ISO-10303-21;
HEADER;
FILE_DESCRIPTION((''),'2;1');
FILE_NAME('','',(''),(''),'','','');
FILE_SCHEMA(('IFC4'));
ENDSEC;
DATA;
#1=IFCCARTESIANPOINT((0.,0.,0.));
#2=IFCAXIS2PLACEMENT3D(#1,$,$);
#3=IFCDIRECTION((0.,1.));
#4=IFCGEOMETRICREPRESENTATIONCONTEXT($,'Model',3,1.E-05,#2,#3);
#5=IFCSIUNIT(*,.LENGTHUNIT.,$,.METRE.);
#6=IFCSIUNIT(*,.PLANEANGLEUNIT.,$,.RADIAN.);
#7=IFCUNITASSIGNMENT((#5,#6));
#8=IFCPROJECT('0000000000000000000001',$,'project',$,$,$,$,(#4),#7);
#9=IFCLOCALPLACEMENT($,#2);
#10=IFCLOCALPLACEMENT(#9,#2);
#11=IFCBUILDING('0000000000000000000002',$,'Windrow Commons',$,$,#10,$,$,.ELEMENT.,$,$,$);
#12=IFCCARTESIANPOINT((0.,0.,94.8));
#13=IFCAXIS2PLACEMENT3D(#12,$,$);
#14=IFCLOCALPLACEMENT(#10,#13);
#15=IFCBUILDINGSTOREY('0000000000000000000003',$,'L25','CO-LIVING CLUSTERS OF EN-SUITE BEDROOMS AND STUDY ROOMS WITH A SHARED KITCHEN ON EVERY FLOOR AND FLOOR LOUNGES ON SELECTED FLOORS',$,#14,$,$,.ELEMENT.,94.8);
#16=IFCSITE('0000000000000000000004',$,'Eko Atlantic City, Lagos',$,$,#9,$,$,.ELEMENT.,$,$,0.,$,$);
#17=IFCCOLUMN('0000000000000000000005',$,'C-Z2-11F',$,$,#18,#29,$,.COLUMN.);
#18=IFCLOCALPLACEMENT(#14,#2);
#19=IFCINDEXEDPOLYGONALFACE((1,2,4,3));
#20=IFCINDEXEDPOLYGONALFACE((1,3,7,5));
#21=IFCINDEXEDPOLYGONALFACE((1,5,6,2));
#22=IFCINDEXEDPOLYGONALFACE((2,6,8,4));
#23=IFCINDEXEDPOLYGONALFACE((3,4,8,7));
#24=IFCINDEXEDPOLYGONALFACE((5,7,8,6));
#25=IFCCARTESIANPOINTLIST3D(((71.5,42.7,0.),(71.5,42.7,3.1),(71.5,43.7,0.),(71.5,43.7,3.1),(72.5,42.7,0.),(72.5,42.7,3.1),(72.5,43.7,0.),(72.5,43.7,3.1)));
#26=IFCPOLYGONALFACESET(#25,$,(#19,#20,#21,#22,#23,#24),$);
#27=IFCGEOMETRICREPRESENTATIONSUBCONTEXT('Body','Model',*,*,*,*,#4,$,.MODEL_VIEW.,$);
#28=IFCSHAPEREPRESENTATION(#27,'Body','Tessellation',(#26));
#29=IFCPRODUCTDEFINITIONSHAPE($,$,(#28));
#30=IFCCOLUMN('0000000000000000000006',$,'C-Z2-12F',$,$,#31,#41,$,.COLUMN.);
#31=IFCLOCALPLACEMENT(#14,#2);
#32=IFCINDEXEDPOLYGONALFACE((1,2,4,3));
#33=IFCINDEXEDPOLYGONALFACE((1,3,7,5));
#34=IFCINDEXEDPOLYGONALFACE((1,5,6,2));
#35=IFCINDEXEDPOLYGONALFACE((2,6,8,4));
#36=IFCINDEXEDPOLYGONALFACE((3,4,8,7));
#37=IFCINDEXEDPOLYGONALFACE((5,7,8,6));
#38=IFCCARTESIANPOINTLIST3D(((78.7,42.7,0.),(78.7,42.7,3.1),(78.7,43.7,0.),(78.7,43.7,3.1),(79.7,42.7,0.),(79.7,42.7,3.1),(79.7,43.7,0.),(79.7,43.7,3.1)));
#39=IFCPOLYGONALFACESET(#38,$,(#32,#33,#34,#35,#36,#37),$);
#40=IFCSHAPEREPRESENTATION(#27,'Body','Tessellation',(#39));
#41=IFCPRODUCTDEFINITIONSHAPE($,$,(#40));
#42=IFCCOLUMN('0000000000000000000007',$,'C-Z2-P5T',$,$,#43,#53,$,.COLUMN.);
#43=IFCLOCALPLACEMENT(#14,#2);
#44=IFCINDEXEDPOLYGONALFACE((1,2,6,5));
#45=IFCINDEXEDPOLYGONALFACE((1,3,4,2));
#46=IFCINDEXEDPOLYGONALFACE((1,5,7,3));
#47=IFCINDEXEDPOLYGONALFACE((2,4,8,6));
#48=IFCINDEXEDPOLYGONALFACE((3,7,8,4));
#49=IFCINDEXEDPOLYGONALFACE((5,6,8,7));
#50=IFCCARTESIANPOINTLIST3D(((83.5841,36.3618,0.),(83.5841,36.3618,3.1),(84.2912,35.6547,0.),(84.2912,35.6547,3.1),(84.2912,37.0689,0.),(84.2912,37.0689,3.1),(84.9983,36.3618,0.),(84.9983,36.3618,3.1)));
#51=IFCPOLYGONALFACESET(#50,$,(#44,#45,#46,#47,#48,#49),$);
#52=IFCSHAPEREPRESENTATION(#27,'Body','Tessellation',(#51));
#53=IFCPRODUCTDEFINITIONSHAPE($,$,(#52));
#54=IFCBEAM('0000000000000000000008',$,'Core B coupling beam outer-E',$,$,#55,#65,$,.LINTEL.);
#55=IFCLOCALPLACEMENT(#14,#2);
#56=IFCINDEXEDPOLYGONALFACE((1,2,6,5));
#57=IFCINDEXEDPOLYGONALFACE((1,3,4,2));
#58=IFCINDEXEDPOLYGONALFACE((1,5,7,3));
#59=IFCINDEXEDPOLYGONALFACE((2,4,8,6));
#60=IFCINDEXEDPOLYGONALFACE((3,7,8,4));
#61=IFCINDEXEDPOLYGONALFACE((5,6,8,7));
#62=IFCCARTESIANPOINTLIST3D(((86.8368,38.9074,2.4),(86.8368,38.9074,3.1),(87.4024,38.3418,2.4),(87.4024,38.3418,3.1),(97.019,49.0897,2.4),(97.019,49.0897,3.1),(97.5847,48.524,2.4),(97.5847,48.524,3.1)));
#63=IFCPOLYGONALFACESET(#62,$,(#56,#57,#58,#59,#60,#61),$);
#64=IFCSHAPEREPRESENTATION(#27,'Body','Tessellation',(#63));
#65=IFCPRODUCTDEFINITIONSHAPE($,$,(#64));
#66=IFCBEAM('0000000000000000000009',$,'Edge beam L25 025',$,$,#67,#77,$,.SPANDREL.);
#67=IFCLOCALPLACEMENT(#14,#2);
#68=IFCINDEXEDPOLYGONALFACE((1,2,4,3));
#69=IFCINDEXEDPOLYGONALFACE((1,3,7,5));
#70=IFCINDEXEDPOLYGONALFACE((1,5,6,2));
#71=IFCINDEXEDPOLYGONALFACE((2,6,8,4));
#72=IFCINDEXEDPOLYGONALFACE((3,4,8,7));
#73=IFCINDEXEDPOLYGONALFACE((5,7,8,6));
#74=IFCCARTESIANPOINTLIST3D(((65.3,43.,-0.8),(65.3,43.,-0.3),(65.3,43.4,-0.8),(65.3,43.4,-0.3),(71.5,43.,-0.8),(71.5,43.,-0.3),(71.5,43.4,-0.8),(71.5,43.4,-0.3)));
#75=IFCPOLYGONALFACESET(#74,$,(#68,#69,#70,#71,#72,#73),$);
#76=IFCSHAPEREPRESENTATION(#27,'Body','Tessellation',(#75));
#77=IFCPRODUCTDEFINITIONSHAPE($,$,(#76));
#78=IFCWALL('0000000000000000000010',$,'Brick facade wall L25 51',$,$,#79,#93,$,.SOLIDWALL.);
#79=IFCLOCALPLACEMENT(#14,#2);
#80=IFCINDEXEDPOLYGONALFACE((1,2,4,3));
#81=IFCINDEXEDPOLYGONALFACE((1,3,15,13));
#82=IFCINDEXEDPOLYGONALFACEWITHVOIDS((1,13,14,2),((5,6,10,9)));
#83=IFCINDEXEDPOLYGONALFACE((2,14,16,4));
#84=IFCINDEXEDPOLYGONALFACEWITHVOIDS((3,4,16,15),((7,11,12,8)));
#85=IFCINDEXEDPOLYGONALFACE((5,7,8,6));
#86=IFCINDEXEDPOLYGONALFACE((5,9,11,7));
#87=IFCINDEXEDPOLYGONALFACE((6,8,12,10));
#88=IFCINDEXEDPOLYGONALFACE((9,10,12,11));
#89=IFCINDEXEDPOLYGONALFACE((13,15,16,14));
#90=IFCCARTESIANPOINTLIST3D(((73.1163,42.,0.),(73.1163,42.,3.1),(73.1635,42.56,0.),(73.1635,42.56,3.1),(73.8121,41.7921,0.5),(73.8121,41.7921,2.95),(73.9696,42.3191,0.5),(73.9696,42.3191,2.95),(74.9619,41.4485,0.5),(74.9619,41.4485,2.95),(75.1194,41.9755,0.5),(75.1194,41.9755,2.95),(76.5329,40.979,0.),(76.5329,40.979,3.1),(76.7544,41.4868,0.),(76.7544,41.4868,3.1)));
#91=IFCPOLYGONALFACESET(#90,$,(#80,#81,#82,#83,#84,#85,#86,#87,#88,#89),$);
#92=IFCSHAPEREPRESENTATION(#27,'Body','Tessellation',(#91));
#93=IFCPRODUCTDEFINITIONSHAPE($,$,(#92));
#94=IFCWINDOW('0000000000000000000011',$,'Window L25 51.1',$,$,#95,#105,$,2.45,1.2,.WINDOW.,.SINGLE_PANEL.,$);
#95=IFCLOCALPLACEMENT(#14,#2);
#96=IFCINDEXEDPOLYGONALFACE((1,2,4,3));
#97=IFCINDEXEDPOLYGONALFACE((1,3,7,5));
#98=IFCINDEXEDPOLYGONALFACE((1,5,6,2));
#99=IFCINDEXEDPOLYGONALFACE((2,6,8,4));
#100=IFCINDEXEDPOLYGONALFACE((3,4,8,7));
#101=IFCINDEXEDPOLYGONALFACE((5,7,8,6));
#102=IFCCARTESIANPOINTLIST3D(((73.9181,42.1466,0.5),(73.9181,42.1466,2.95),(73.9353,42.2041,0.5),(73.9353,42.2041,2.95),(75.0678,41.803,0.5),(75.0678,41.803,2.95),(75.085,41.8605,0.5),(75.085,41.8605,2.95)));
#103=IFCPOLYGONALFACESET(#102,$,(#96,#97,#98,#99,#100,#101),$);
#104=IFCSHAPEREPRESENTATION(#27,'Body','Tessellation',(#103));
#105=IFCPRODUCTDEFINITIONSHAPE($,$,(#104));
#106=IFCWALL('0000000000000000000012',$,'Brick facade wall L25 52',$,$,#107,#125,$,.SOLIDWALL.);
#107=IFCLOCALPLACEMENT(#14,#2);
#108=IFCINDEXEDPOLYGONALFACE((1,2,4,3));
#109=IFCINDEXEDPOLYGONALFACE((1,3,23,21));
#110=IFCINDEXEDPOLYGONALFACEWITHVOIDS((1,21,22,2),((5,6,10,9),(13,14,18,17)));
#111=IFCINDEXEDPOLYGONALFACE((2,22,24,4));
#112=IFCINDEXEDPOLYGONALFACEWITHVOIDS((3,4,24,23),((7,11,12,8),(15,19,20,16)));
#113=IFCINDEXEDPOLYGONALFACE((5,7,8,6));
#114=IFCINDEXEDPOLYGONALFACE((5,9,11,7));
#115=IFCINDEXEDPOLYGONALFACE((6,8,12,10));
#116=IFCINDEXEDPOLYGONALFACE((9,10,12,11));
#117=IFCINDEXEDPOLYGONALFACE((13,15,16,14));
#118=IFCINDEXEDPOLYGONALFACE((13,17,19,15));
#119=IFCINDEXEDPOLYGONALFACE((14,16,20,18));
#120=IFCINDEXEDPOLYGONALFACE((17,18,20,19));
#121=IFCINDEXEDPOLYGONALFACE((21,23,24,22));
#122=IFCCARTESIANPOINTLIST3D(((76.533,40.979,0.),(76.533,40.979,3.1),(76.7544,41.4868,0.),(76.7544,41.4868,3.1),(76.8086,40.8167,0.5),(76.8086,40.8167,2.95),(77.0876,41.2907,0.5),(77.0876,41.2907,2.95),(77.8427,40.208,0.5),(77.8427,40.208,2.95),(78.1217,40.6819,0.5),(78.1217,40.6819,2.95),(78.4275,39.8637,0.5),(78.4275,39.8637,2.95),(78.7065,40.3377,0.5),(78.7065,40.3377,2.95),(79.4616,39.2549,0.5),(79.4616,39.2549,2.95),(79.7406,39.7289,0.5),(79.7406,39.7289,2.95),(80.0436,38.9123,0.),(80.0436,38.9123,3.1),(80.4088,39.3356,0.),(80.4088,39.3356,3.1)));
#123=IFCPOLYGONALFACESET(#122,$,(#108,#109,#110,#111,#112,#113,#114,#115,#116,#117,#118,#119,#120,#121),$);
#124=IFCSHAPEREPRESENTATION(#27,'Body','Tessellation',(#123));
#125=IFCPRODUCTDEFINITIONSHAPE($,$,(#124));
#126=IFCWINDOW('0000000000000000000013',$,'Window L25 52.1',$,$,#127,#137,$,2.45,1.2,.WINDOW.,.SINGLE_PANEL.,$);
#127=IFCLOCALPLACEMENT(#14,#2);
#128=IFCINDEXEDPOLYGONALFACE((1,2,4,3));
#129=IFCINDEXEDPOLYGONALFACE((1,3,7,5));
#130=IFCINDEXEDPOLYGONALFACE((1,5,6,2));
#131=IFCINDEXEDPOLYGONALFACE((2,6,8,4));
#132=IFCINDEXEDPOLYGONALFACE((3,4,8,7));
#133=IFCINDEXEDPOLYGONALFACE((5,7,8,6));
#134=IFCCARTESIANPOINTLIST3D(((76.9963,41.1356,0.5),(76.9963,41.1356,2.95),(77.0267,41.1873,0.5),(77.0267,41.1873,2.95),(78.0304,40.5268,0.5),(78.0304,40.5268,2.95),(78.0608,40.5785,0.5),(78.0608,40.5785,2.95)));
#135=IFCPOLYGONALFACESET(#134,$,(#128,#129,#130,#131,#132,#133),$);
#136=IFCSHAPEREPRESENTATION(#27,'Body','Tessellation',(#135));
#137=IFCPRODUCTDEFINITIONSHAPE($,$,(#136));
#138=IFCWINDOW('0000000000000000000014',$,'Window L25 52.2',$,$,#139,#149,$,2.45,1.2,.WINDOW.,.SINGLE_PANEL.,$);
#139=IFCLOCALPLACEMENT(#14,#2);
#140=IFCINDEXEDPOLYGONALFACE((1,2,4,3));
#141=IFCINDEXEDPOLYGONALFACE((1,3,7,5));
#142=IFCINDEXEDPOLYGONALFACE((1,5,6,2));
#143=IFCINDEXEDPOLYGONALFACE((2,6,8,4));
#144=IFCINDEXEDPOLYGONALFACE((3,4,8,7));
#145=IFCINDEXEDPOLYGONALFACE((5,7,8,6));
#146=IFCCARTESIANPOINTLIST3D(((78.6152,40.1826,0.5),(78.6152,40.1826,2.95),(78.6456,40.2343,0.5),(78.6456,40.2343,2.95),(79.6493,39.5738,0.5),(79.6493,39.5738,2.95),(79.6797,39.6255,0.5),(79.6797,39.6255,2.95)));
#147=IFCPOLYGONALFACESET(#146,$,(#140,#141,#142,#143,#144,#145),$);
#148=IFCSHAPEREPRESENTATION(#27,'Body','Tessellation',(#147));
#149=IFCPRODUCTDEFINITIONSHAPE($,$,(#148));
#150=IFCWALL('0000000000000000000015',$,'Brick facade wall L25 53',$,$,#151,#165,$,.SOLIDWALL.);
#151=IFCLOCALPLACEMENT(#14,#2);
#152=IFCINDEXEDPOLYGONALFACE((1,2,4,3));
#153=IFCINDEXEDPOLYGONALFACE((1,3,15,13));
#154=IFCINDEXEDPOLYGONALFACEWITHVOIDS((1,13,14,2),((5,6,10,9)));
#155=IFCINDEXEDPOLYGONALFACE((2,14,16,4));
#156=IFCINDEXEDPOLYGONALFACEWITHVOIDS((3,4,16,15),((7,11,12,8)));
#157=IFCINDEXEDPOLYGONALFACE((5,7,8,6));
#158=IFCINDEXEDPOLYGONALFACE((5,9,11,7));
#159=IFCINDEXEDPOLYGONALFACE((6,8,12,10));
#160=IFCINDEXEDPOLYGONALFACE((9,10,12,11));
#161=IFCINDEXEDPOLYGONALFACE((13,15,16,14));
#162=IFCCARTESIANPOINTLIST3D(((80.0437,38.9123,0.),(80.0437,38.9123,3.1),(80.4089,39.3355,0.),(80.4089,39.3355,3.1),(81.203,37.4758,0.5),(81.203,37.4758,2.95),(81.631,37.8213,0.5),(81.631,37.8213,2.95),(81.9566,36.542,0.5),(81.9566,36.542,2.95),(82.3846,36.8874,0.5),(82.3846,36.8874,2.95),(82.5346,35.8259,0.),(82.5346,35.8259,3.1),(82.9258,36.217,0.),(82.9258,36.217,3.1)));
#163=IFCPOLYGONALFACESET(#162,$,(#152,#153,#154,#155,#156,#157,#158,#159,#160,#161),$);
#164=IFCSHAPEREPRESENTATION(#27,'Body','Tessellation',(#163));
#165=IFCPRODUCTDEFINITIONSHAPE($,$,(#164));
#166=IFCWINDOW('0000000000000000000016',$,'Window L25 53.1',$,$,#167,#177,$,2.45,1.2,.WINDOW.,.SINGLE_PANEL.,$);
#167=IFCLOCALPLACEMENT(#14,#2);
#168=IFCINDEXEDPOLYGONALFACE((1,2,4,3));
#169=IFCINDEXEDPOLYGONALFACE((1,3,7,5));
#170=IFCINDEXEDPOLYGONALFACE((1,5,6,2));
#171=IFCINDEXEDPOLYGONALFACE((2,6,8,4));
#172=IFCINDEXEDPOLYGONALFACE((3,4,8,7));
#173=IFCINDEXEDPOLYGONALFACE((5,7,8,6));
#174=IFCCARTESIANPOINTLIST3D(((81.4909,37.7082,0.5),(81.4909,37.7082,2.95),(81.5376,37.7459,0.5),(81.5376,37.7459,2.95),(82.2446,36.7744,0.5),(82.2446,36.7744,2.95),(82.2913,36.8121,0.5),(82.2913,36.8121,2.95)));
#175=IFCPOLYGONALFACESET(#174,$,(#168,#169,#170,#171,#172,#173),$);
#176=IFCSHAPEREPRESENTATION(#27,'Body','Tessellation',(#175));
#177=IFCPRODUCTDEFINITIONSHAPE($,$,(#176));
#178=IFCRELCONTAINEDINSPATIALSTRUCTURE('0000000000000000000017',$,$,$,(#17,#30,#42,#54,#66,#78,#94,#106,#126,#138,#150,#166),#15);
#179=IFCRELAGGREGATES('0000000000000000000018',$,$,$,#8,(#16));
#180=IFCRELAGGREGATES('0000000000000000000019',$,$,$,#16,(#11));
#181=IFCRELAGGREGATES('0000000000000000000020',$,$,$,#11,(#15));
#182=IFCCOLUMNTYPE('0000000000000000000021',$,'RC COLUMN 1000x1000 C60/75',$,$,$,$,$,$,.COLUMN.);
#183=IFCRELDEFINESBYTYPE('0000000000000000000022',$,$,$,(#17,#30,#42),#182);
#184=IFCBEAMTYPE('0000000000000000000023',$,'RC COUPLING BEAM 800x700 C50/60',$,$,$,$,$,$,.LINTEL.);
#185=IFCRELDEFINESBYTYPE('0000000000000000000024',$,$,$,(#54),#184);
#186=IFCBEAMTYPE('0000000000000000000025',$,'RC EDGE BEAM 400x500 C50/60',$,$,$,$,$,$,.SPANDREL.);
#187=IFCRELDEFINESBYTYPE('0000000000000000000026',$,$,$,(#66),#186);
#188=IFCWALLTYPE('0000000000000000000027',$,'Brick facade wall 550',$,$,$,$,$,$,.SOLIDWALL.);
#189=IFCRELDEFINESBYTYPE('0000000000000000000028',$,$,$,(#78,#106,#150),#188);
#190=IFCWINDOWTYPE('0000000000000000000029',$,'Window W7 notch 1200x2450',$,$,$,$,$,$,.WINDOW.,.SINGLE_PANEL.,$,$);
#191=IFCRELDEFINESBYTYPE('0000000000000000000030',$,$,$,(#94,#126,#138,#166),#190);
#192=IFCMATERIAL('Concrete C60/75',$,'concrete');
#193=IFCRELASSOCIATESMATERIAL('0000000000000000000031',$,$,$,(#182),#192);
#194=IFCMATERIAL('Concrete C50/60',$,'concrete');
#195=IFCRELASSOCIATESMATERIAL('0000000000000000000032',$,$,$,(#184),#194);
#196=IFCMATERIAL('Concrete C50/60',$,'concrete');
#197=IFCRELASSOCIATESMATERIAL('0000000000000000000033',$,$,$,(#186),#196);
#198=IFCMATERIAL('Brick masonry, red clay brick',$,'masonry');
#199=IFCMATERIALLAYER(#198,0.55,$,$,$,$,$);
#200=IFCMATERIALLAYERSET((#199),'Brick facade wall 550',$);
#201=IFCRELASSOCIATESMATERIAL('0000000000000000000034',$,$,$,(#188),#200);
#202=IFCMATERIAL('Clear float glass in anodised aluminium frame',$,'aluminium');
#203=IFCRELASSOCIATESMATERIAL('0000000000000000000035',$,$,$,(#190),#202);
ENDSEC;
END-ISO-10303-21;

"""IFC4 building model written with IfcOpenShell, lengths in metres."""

from ifc_helpers import new_model, si_unit, direction, frame, frame_2d, origin, origin_2d, place, context, subcontext, project, spatial, polyline, rectangle, outline, extrude, material, layer, layer_set, material_profile, profile_set, type_object, element, fill, save


model = new_model("IFC4")

# Units and contexts
model_context = context("Model", 3, precision=1e-05, world=origin(), true_north=direction((0.0, 1.0)))
body_context = subcontext(model_context, "Body", "Model", "MODEL_VIEW")
ifc_project = project(units=[si_unit("LENGTHUNIT", "METRE"), si_unit("PLANEANGLEUNIT", "RADIAN")], contexts=[model_context])

# Site, building, storey
site_placement = place(None, origin())
site = spatial("IfcSite", under=ifc_project, at=site_placement, Name="Eko Atlantic City, Lagos", CompositionType="ELEMENT", RefElevation=0.0)
building_placement = place(site_placement, origin())
building = spatial("IfcBuilding", under=site, at=building_placement, Name="Windrow Commons", CompositionType="ELEMENT")
storey_placement = place(building_placement, frame((0.0, 0.0, 94.8)))
storey = spatial("IfcBuildingStorey", under=building, at=storey_placement, Name="L25", Description="CO-LIVING CLUSTERS OF EN-SUITE BEDROOMS AND STUDY ROOMS WITH A SHARED KITCHEN ON EVERY FLOOR AND FLOOR LOUNGES ON SELECTED FLOORS", CompositionType="ELEMENT", Elevation=94.8)

# Columns
ifc_material_1 = material(Name="Concrete C60/75", Category="concrete")
ifc_material_profile_1 = material_profile(ifc_material_1, rectangle(XDim=1.0, YDim=1.0, at=origin_2d()))
ifc_profile_set_1 = profile_set([ifc_material_profile_1], Name="Concrete C60/75")
column_type = type_object("IfcColumnType", Name="RC COLUMN 1000x1000 C60/75", PredefinedType="COLUMN", material=ifc_profile_set_1)
for number, where, z_axis, x_axis, name in (
    (1, (72.0, 43.2, 0.0), (0.0, 0.0, 1.0), (1.0, 0.0, 0.0), "C-Z2-11F"),
    (2, (79.2, 43.2, 0.0), (0.0, 0.0, 1.0), (1.0, 0.0, 0.0), "C-Z2-12F"),
    (3, (84.2912, 36.3618, 0.0), (0.0, 0.0, 1.0), (0.707107, -0.707107, 0.0), "C-Z2-P5T"),
):
    element("IfcColumn", number, at=place(storey_placement, frame(where, z_axis=z_axis, x_axis=x_axis)), inside=storey, type_object=column_type, Name=name, PredefinedType="COLUMN", context=body_context, shape_type="SweptSolid", body=[
        extrude(rectangle(XDim=1.0, YDim=1.0, at=origin_2d()), origin(), (0.0, 0.0, 1.0), 3.1),
    ])

# Beams
ifc_material_2 = material(Name="Concrete C50/60", Category="concrete")
ifc_material_profile_2 = material_profile(ifc_material_2, rectangle(XDim=0.8, YDim=0.7, at=origin_2d()))
ifc_profile_set_2 = profile_set([ifc_material_profile_2], Name="Concrete C50/60")
beam_type_1 = type_object("IfcBeamType", Name="RC COUPLING BEAM 800x700 C50/60", PredefinedType="LINTEL", material=ifc_profile_set_2)
beam_1_placement = place(storey_placement, frame((87.1196, 38.6246, 2.75), z_axis=(0.707107, 0.707107, 0.0), x_axis=(-0.707107, 0.707107, 0.0)))
element("IfcBeam", 4, at=beam_1_placement, inside=storey, type_object=beam_type_1, Name="Core B coupling beam outer-E", PredefinedType="LINTEL", context=body_context, shape_type="SweptSolid", body=[
    extrude(rectangle(XDim=0.8, YDim=0.7, at=origin_2d()), origin(), (0.0, 0.0, 1.0), 14.3999),
])
ifc_material_3 = material(Name="Concrete C50/60", Category="concrete")
ifc_material_profile_3 = material_profile(ifc_material_3, rectangle(XDim=0.4, YDim=0.5, at=origin_2d()))
ifc_profile_set_3 = profile_set([ifc_material_profile_3], Name="Concrete C50/60")
beam_type_2 = type_object("IfcBeamType", Name="RC EDGE BEAM 400x500 C50/60", PredefinedType="SPANDREL", material=ifc_profile_set_3)
beam_2_placement = place(storey_placement, frame((71.5, 43.2, -0.55), z_axis=(-1.0, 0.0, 0.0), x_axis=(0.0, -1.0, 0.0)))
element("IfcBeam", 5, at=beam_2_placement, inside=storey, type_object=beam_type_2, Name="Edge beam L25 025", PredefinedType="SPANDREL", context=body_context, shape_type="SweptSolid", body=[
    extrude(rectangle(XDim=0.4, YDim=0.5, at=origin_2d()), origin(), (0.0, 0.0, 1.0), 6.2),
])

# Wall, opening, window
ifc_material_4 = material(Name="Brick masonry, red clay brick", Category="masonry")
ifc_layer_1 = layer(ifc_material_4, 0.55)
ifc_layer_set_1 = layer_set([ifc_layer_1], Name="Brick facade wall 550")
wall_type_1 = type_object("IfcWallType", Name="Brick facade wall 550", PredefinedType="SOLIDWALL", material=ifc_layer_set_1)
wall_1_placement = place(storey_placement, frame((73.1399, 42.28, 0.0), z_axis=(0.0, 0.0, 1.0), x_axis=(0.95813, -0.286334, 0.0)))
wall_1 = element("IfcWall", 6, at=wall_1_placement, inside=storey, type_object=wall_type_1, Name="Brick facade wall L25 51", PredefinedType="SOLIDWALL", context=body_context, shape_type="SweptSolid", body=[
    extrude(outline(polyline([(0.0576, -0.275), (3.6235, -0.275), (3.6903, 0.275), (-0.0576, 0.275), (0.0576, -0.275)])), origin(), (0.0, 0.0, 1.0), 3.1),
])
opening_1_placement = place(wall_1_placement, frame((0.7838, 0.0, 0.5)))
opening_1 = element("IfcOpeningElement", 7, at=opening_1_placement, cuts=wall_1, PredefinedType="OPENING", context=body_context, shape_type="SweptSolid", body=[
    extrude(rectangle(XDim=1.2, YDim=2.45, at=frame_2d((0.6, 1.225))), frame((0.0, 0.285, 0.0), z_axis=(0.0, -1.0, 0.0), x_axis=(1.0, 0.0, 0.0)), (0.0, 0.0, 1.0), 0.57),
])
ifc_material_5 = material(Name="Clear float glass in anodised aluminium frame", Category="aluminium")
window_type_1 = type_object("IfcWindowType", Name="Window W7 notch 1200x2450", PartitioningType="SINGLE_PANEL", PredefinedType="WINDOW", material=ifc_material_5)
window_1_placement = place(opening_1_placement, origin())
window_1 = element("IfcWindow", 8, at=window_1_placement, inside=storey, type_object=window_type_1, Name="Window L25 51.1", OverallHeight=2.45, OverallWidth=1.2, PartitioningType="SINGLE_PANEL", PredefinedType="WINDOW", context=body_context, shape_type="SweptSolid", body=[
    extrude(rectangle(XDim=1.2, YDim=2.45, at=frame_2d((0.6, 1.225))), frame((0.0, 0.155, 0.0), z_axis=(0.0, -1.0, 0.0), x_axis=(1.0, 0.0, 0.0)), (0.0, 0.0, 1.0), 0.06),
])
fill(opening_1, window_1)

# Wall, openings, windows
wall_2_placement = place(storey_placement, frame((76.6437, 41.2329, 0.0), z_axis=(0.0, 0.0, 1.0), x_axis=(0.861767, -0.507304, 0.0)))
wall_2 = element("IfcWall", 9, at=wall_2_placement, inside=storey, type_object=wall_type_1, Name="Brick facade wall L25 52", PredefinedType="SOLIDWALL", context=body_context, shape_type="SweptSolid", body=[
    extrude(outline(polyline([(0.0334, -0.275), (4.1072, -0.275), (4.2072, 0.275), (-0.0334, 0.275), (0.0334, -0.275)])), origin(), (0.0, 0.0, 1.0), 3.1),
])
opening_2_placement = place(wall_2_placement, frame((0.3532, 0.0, 0.5)))
opening_2 = element("IfcOpeningElement", 10, at=opening_2_placement, cuts=wall_2, PredefinedType="OPENING", context=body_context, shape_type="SweptSolid", body=[
    extrude(rectangle(XDim=1.2, YDim=2.45, at=frame_2d((0.6, 1.225))), frame((0.0, 0.285, 0.0), z_axis=(0.0, -1.0, 0.0), x_axis=(1.0, 0.0, 0.0)), (0.0, 0.0, 1.0), 0.57),
])
opening_3_placement = place(wall_2_placement, frame((2.2318, 0.0, 0.5)))
opening_3 = element("IfcOpeningElement", 11, at=opening_3_placement, cuts=wall_2, PredefinedType="OPENING", context=body_context, shape_type="SweptSolid", body=[
    extrude(rectangle(XDim=1.2, YDim=2.45, at=frame_2d((0.6, 1.225))), frame((0.0, 0.285, 0.0), z_axis=(0.0, -1.0, 0.0), x_axis=(1.0, 0.0, 0.0)), (0.0, 0.0, 1.0), 0.57),
])
window_2_placement = place(opening_2_placement, origin())
window_2 = element("IfcWindow", 12, at=window_2_placement, inside=storey, type_object=window_type_1, Name="Window L25 52.1", OverallHeight=2.45, OverallWidth=1.2, PartitioningType="SINGLE_PANEL", PredefinedType="WINDOW", context=body_context, shape_type="SweptSolid", body=[
    extrude(rectangle(XDim=1.2, YDim=2.45, at=frame_2d((0.6, 1.225))), frame((0.0, 0.155, 0.0), z_axis=(0.0, -1.0, 0.0), x_axis=(1.0, 0.0, 0.0)), (0.0, 0.0, 1.0), 0.06),
])
fill(opening_2, window_2)
window_3_placement = place(opening_3_placement, origin())
window_3 = element("IfcWindow", 13, at=window_3_placement, inside=storey, type_object=window_type_1, Name="Window L25 52.2", OverallHeight=2.45, OverallWidth=1.2, PartitioningType="SINGLE_PANEL", PredefinedType="WINDOW", context=body_context, shape_type="SweptSolid", body=[
    extrude(rectangle(XDim=1.2, YDim=2.45, at=frame_2d((0.6, 1.225))), frame((0.0, 0.155, 0.0), z_axis=(0.0, -1.0, 0.0), x_axis=(1.0, 0.0, 0.0)), (0.0, 0.0, 1.0), 0.06),
])
fill(opening_3, window_3)

# Wall, opening, window
wall_3_placement = place(storey_placement, frame((80.2263, 39.1239, 0.0), z_axis=(0.0, 0.0, 1.0), x_axis=(0.628039, -0.778182, 0.0)))
wall_3 = element("IfcWall", 14, at=wall_3_placement, inside=storey, type_object=wall_type_1, Name="Brick facade wall L25 53", PredefinedType="SOLIDWALL", context=body_context, shape_type="SweptSolid", body=[
    extrude(outline(polyline([(0.05, -0.275), (4.0162, -0.275), (3.9575, 0.275), (-0.05, 0.275), (0.05, -0.275)])), origin(), (0.0, 0.0, 1.0), 3.1),
])
opening_4_placement = place(wall_3_placement, frame((1.8959, 0.0, 0.5)))
opening_4 = element("IfcOpeningElement", 15, at=opening_4_placement, cuts=wall_3, PredefinedType="OPENING", context=body_context, shape_type="SweptSolid", body=[
    extrude(rectangle(XDim=1.2, YDim=2.45, at=frame_2d((0.6, 1.225))), frame((0.0, 0.285, 0.0), z_axis=(0.0, -1.0, 0.0), x_axis=(1.0, 0.0, 0.0)), (0.0, 0.0, 1.0), 0.57),
])
window_4_placement = place(opening_4_placement, origin())
window_4 = element("IfcWindow", 16, at=window_4_placement, inside=storey, type_object=window_type_1, Name="Window L25 53.1", OverallHeight=2.45, OverallWidth=1.2, PartitioningType="SINGLE_PANEL", PredefinedType="WINDOW", context=body_context, shape_type="SweptSolid", body=[
    extrude(rectangle(XDim=1.2, YDim=2.45, at=frame_2d((0.6, 1.225))), frame((0.0, 0.155, 0.0), z_axis=(0.0, -1.0, 0.0), x_axis=(1.0, 0.0, 0.0)), (0.0, 0.0, 1.0), 0.06),
])
fill(opening_4, window_4)

save(model, "model.ifc")
